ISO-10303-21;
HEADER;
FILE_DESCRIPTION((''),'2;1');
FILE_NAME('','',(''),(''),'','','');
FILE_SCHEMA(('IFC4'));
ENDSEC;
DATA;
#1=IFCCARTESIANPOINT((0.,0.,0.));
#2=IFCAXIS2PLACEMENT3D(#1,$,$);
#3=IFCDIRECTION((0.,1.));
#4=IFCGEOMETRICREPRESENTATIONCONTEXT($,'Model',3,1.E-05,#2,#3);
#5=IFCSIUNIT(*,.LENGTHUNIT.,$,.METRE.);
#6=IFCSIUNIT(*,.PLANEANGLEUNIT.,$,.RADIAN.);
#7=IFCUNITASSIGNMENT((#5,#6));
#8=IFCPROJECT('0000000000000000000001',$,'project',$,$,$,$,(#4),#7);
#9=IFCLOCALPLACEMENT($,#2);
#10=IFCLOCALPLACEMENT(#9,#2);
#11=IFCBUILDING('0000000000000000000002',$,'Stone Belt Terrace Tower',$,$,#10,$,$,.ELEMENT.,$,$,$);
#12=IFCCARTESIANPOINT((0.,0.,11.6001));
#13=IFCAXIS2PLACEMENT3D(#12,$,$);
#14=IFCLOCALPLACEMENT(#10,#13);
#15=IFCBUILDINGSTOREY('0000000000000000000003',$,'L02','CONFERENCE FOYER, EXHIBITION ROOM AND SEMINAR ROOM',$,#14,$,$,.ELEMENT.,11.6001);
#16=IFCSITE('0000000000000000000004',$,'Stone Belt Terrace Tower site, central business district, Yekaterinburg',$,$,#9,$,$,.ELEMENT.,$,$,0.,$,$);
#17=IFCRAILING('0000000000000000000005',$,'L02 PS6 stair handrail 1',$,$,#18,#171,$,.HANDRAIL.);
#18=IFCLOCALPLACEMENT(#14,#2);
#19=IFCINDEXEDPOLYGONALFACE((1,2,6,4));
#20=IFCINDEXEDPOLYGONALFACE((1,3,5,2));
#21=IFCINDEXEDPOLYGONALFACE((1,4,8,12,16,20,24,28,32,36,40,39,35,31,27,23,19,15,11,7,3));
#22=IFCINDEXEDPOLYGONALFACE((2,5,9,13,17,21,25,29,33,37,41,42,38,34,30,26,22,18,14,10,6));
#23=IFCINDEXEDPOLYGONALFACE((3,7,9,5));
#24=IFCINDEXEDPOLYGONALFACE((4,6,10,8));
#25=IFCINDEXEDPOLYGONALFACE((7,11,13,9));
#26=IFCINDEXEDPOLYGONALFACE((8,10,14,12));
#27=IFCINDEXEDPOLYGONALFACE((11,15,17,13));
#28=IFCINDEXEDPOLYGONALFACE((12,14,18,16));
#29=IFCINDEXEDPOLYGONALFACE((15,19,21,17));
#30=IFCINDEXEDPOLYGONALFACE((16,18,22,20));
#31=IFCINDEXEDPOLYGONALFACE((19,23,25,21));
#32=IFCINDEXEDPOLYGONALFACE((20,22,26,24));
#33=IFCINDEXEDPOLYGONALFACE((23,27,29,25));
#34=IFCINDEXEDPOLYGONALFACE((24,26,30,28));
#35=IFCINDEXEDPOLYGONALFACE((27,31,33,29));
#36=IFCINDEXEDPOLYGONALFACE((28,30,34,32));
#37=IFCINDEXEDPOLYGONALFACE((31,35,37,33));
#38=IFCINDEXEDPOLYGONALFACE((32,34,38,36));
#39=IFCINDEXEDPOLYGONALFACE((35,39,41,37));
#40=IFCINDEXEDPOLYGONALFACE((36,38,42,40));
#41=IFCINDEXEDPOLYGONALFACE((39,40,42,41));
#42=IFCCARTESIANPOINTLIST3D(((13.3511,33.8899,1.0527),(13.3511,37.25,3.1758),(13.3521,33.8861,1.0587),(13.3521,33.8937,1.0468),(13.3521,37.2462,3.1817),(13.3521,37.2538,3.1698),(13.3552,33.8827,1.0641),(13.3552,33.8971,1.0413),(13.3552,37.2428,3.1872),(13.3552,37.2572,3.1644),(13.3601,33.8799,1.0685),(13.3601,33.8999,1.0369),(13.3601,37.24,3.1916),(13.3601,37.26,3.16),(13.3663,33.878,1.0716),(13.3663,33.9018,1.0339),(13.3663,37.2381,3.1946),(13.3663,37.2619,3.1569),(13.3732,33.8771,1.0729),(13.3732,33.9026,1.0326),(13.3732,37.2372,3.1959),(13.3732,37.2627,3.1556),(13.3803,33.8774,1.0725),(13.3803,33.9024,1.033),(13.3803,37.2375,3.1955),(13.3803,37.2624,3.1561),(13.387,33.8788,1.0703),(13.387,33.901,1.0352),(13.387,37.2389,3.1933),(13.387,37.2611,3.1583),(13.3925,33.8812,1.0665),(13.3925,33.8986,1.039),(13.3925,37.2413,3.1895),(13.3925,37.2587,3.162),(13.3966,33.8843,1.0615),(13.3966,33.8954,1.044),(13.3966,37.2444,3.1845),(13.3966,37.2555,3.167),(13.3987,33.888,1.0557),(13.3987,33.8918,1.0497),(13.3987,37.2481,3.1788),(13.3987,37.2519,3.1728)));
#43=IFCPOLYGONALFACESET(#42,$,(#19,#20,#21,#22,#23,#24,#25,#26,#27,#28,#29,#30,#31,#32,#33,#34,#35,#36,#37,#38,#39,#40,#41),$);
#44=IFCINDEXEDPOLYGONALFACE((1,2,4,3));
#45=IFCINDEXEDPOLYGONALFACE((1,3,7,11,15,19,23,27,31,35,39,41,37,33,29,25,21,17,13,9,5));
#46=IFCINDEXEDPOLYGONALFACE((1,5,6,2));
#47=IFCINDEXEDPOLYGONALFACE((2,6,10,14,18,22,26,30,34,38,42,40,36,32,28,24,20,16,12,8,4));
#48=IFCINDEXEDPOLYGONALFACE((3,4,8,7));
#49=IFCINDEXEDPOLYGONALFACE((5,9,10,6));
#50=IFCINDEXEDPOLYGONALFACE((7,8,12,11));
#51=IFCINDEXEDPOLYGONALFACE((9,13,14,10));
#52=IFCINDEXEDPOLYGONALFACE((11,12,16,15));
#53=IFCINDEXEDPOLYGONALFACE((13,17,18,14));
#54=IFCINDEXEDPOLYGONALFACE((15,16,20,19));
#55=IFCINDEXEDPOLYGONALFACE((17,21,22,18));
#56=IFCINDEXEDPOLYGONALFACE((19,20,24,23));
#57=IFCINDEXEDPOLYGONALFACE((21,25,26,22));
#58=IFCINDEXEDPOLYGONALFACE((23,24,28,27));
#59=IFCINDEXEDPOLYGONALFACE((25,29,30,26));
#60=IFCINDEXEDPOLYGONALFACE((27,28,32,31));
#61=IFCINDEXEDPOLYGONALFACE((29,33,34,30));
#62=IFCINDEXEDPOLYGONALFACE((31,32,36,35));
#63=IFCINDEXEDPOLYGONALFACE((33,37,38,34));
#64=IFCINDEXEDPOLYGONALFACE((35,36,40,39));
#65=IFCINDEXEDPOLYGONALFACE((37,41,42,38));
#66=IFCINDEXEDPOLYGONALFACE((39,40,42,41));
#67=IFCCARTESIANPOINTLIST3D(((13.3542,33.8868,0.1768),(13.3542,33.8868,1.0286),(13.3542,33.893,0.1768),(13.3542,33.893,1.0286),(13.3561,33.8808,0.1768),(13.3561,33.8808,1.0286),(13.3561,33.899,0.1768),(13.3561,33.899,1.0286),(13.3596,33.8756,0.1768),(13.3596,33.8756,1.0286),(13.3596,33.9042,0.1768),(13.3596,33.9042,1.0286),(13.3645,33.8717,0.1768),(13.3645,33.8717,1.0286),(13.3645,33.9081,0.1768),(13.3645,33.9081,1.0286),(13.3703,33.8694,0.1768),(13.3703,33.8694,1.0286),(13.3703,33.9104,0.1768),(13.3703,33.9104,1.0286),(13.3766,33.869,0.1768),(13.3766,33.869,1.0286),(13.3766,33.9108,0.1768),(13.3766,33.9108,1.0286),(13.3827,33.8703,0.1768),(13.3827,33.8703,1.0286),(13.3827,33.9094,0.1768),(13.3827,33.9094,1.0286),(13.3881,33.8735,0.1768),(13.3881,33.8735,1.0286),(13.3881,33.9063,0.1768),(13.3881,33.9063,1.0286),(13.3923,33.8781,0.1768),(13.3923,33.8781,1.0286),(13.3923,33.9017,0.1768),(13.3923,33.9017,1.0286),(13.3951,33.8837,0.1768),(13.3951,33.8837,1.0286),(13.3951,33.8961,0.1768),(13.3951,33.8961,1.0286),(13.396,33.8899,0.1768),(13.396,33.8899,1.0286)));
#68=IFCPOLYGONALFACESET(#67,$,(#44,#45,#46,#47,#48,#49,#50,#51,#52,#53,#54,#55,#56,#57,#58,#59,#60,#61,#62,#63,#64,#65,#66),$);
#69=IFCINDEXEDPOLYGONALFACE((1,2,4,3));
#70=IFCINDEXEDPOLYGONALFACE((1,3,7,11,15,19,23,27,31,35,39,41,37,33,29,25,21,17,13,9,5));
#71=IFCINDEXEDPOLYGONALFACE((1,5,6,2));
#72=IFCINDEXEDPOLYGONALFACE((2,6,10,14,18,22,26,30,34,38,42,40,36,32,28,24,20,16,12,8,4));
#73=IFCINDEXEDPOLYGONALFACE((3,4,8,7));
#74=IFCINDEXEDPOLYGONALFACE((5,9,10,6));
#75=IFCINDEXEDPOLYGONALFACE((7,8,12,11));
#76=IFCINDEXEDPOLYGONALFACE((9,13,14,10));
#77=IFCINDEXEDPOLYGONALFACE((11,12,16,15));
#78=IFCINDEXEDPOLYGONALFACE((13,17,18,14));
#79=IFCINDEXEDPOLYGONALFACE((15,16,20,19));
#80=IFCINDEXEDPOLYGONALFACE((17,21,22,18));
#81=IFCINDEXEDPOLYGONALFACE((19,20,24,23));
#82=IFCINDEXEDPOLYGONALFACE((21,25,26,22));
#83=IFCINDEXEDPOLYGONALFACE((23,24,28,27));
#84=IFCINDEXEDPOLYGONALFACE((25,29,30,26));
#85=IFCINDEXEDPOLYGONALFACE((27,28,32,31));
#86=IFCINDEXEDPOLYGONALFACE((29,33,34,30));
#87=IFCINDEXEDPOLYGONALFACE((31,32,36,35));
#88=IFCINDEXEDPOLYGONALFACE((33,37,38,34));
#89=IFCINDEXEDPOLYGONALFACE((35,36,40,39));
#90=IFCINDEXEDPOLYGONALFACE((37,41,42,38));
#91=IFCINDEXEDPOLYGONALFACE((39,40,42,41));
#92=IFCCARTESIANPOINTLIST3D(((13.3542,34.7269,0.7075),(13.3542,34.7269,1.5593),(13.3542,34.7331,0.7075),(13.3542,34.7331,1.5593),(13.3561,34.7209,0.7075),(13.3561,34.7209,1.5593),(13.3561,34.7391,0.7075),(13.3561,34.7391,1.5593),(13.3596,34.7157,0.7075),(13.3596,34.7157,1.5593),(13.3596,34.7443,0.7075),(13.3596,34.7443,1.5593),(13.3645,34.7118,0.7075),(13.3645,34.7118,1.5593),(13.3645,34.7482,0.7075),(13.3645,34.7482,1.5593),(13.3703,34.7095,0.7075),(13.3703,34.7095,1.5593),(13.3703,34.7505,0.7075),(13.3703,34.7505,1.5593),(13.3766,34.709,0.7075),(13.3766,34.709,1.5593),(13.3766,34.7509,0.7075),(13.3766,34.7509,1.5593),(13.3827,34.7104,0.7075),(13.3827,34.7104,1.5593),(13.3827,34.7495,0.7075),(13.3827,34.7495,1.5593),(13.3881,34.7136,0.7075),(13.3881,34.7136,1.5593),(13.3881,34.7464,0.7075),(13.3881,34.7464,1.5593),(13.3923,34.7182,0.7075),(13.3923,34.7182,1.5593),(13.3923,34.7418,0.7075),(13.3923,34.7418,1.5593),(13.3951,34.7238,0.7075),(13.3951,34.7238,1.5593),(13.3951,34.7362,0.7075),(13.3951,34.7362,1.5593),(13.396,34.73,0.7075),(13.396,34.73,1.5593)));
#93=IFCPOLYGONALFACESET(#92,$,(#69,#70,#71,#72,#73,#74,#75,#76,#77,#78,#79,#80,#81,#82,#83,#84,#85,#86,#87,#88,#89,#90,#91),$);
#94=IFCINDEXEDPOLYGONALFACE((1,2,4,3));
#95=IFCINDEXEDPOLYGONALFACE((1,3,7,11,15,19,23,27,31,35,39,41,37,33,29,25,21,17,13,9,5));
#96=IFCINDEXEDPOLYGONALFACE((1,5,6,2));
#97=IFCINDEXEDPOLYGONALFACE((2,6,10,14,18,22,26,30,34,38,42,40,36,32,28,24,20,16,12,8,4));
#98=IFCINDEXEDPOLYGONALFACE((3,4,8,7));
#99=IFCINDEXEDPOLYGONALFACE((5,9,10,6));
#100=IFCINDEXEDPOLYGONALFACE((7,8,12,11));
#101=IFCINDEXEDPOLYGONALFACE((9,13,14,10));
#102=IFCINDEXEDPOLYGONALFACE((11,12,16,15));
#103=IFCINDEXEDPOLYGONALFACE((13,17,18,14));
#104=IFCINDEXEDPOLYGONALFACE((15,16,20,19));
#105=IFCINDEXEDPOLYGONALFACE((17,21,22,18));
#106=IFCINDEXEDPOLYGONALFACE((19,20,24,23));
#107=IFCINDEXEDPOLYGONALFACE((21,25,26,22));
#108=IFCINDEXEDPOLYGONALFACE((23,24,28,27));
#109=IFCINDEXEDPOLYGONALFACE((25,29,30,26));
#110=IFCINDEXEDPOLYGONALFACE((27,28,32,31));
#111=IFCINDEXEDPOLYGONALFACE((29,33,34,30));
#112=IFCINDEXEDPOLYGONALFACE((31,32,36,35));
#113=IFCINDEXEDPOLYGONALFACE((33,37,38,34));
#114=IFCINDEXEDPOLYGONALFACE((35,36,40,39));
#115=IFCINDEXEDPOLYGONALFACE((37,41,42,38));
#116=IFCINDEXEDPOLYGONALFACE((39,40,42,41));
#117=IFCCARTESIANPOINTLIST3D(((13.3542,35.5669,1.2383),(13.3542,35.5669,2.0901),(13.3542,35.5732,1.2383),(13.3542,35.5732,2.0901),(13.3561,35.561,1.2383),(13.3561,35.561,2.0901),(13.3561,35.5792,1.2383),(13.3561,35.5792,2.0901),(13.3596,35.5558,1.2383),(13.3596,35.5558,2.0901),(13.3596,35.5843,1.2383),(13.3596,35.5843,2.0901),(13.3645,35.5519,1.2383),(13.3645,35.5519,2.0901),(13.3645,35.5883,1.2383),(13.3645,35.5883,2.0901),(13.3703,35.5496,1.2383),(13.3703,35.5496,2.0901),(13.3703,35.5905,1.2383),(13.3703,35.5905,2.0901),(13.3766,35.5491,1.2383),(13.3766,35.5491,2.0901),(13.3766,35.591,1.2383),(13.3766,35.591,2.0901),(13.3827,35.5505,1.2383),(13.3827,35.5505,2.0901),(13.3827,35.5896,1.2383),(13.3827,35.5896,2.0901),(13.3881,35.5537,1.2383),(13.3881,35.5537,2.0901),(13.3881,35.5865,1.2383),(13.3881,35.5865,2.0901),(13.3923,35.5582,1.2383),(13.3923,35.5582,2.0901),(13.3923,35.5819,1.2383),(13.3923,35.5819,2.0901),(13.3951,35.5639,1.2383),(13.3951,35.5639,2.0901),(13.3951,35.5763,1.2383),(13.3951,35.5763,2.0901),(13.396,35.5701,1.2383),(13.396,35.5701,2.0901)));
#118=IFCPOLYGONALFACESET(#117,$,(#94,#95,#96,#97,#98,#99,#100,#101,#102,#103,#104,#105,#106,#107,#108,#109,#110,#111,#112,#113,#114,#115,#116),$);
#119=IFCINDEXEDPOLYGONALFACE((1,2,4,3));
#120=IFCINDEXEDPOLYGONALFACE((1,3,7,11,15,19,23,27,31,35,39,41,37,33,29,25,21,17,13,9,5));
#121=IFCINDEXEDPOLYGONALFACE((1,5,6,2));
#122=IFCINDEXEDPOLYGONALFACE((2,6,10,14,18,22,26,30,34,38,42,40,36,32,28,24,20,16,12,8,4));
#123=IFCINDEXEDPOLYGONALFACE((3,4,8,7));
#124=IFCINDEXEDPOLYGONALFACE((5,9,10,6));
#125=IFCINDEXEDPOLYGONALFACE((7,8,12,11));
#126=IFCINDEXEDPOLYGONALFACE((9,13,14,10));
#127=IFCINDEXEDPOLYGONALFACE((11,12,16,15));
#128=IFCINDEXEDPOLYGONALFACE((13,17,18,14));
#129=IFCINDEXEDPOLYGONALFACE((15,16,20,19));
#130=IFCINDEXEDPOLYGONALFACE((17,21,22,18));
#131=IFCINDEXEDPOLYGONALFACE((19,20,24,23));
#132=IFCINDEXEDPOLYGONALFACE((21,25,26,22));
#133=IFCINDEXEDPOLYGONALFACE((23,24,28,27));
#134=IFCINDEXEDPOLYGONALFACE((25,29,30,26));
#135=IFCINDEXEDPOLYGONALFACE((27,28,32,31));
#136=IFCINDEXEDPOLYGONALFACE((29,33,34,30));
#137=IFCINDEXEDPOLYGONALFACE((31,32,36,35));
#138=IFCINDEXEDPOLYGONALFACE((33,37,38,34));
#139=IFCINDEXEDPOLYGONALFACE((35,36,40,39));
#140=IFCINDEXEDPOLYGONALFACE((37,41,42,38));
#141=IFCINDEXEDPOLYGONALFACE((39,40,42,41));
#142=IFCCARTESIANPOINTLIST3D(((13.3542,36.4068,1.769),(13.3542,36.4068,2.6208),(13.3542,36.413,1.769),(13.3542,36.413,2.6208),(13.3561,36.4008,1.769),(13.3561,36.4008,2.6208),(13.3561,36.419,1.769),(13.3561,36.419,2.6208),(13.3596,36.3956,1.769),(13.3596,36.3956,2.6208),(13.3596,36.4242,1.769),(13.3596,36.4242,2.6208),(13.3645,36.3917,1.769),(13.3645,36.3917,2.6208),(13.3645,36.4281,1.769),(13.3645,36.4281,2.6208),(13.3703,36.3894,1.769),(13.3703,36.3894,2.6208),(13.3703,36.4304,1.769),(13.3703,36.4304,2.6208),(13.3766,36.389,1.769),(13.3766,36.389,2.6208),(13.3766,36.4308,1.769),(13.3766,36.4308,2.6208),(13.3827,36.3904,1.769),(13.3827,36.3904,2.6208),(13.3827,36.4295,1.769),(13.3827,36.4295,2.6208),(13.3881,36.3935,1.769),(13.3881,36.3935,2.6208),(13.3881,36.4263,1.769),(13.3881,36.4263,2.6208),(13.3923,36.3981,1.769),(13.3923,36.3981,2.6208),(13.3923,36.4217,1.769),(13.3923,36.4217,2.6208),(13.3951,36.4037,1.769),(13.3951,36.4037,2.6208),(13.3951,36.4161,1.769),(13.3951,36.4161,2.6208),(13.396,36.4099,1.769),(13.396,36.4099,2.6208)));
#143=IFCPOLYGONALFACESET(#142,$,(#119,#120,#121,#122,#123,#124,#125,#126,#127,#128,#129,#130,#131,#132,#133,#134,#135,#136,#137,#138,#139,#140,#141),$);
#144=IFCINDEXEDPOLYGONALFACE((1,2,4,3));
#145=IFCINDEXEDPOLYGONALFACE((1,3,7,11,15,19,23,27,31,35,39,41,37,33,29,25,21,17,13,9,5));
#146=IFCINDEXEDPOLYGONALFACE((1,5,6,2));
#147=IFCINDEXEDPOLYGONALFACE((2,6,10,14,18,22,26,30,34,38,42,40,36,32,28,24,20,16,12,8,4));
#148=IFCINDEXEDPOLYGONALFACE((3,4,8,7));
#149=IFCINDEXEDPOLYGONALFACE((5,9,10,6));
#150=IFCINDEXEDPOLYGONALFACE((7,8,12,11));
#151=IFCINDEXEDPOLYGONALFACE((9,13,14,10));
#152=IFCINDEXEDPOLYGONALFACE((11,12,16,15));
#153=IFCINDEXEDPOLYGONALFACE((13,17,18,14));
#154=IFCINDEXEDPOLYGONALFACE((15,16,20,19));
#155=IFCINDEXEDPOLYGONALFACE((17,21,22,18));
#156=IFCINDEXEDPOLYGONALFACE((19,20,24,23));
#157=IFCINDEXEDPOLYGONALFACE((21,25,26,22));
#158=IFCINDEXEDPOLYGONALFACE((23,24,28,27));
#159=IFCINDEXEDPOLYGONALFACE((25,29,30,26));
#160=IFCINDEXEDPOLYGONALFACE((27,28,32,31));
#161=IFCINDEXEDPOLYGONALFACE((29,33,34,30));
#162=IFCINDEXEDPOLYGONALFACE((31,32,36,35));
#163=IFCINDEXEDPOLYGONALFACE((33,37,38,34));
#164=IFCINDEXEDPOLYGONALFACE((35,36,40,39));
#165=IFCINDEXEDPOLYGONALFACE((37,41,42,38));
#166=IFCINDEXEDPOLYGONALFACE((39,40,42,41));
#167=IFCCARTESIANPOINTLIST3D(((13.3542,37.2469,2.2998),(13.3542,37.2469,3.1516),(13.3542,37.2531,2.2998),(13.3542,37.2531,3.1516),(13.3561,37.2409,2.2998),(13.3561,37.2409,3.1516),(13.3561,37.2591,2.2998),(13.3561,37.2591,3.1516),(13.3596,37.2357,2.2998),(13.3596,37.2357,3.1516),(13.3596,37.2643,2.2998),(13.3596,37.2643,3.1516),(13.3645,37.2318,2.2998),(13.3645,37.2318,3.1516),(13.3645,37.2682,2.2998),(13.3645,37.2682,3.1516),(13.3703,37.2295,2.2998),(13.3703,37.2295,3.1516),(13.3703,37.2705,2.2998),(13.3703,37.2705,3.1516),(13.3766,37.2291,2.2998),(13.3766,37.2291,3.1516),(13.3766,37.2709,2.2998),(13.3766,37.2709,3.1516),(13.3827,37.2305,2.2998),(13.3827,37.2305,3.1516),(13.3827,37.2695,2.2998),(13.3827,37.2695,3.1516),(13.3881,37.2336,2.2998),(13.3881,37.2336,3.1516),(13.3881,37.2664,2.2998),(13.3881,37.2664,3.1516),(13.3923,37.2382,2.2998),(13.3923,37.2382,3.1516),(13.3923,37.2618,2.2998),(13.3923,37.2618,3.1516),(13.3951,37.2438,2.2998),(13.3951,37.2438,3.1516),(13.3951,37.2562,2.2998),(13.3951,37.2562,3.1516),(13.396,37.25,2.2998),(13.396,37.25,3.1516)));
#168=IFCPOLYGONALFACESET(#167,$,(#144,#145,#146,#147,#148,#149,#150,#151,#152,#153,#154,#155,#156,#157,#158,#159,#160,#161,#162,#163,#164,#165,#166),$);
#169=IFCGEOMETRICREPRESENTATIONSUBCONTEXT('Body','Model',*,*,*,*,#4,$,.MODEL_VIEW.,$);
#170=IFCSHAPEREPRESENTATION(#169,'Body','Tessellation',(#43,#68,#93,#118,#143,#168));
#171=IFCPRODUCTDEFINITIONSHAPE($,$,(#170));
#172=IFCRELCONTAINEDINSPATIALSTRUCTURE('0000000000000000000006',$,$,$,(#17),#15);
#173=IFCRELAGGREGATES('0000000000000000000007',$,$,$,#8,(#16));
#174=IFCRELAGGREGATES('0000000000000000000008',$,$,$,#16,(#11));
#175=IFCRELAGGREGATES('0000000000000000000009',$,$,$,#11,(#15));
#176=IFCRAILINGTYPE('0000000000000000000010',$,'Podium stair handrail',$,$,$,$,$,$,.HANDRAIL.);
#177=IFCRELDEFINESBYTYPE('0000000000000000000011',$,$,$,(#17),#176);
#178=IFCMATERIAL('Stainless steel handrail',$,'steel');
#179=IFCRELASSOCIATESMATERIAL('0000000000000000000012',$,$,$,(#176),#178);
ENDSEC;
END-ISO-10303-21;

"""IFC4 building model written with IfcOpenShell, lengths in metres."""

from ifc_helpers import new_model, si_unit, direction, frame, origin, origin_2d, place, context, subcontext, project, spatial, circle, extrude, material, type_object, element, save


model = new_model("IFC4")

# Units and contexts
model_context = context("Model", 3, precision=1e-05, world=origin(), true_north=direction((0.0, 1.0)))
body_context = subcontext(model_context, "Body", "Model", "MODEL_VIEW")
ifc_project = project(units=[si_unit("LENGTHUNIT", "METRE"), si_unit("PLANEANGLEUNIT", "RADIAN")], contexts=[model_context])

# Site, building, storey
site_placement = place(None, origin())
site = spatial("IfcSite", under=ifc_project, at=site_placement, Name="Stone Belt Terrace Tower site, central business district, Yekaterinburg", CompositionType="ELEMENT", RefElevation=0.0)
building_placement = place(site_placement, origin())
building = spatial("IfcBuilding", under=site, at=building_placement, Name="Stone Belt Terrace Tower", CompositionType="ELEMENT")
storey_placement = place(building_placement, frame((0.0, 0.0, 11.6001)))
storey = spatial("IfcBuildingStorey", under=building, at=storey_placement, Name="L02", Description="CONFERENCE FOYER, EXHIBITION ROOM AND SEMINAR ROOM", CompositionType="ELEMENT", Elevation=11.6001)

# Railing
ifc_material_1 = material(Name="Stainless steel handrail", Category="steel")
railing_type_1 = type_object("IfcRailingType", Name="Podium stair handrail", PredefinedType="HANDRAIL", material=ifc_material_1)
railing_1_placement = place(storey_placement, frame((13.375, 33.8899, 0.1768)))
element("IfcRailing", 1, at=railing_1_placement, inside=storey, type_object=railing_type_1, Name="L02 PS6 stair handrail 1", PredefinedType="HANDRAIL", context=body_context, shape_type="SweptSolid", body=[
    extrude(circle(Radius=0.0239, at=origin_2d()), frame((0.0, 0.0, 0.876), z_axis=(0.0, 0.84539, 0.53415), x_axis=(-1.0, 0.0, 0.0)), (0.0, 0.0, 1.0), 3.9746),
    extrude(circle(Radius=0.021, at=origin_2d()), origin(), (0.0, 0.0, 1.0), 0.8518),
    extrude(circle(Radius=0.021, at=origin_2d()), frame((0.0, 0.8401, 0.5308)), (0.0, 0.0, 1.0), 0.8518),
    extrude(circle(Radius=0.021, at=origin_2d()), frame((0.0, 1.6802, 1.0615)), (0.0, 0.0, 1.0), 0.8518),
    extrude(circle(Radius=0.021, at=origin_2d()), frame((0.0, 2.52, 1.5923)), (0.0, 0.0, 1.0), 0.8518),
    extrude(circle(Radius=0.021, at=origin_2d()), frame((0.0, 3.3601, 2.123)), (0.0, 0.0, 1.0), 0.8518),
])

save(model, "model.ifc")
